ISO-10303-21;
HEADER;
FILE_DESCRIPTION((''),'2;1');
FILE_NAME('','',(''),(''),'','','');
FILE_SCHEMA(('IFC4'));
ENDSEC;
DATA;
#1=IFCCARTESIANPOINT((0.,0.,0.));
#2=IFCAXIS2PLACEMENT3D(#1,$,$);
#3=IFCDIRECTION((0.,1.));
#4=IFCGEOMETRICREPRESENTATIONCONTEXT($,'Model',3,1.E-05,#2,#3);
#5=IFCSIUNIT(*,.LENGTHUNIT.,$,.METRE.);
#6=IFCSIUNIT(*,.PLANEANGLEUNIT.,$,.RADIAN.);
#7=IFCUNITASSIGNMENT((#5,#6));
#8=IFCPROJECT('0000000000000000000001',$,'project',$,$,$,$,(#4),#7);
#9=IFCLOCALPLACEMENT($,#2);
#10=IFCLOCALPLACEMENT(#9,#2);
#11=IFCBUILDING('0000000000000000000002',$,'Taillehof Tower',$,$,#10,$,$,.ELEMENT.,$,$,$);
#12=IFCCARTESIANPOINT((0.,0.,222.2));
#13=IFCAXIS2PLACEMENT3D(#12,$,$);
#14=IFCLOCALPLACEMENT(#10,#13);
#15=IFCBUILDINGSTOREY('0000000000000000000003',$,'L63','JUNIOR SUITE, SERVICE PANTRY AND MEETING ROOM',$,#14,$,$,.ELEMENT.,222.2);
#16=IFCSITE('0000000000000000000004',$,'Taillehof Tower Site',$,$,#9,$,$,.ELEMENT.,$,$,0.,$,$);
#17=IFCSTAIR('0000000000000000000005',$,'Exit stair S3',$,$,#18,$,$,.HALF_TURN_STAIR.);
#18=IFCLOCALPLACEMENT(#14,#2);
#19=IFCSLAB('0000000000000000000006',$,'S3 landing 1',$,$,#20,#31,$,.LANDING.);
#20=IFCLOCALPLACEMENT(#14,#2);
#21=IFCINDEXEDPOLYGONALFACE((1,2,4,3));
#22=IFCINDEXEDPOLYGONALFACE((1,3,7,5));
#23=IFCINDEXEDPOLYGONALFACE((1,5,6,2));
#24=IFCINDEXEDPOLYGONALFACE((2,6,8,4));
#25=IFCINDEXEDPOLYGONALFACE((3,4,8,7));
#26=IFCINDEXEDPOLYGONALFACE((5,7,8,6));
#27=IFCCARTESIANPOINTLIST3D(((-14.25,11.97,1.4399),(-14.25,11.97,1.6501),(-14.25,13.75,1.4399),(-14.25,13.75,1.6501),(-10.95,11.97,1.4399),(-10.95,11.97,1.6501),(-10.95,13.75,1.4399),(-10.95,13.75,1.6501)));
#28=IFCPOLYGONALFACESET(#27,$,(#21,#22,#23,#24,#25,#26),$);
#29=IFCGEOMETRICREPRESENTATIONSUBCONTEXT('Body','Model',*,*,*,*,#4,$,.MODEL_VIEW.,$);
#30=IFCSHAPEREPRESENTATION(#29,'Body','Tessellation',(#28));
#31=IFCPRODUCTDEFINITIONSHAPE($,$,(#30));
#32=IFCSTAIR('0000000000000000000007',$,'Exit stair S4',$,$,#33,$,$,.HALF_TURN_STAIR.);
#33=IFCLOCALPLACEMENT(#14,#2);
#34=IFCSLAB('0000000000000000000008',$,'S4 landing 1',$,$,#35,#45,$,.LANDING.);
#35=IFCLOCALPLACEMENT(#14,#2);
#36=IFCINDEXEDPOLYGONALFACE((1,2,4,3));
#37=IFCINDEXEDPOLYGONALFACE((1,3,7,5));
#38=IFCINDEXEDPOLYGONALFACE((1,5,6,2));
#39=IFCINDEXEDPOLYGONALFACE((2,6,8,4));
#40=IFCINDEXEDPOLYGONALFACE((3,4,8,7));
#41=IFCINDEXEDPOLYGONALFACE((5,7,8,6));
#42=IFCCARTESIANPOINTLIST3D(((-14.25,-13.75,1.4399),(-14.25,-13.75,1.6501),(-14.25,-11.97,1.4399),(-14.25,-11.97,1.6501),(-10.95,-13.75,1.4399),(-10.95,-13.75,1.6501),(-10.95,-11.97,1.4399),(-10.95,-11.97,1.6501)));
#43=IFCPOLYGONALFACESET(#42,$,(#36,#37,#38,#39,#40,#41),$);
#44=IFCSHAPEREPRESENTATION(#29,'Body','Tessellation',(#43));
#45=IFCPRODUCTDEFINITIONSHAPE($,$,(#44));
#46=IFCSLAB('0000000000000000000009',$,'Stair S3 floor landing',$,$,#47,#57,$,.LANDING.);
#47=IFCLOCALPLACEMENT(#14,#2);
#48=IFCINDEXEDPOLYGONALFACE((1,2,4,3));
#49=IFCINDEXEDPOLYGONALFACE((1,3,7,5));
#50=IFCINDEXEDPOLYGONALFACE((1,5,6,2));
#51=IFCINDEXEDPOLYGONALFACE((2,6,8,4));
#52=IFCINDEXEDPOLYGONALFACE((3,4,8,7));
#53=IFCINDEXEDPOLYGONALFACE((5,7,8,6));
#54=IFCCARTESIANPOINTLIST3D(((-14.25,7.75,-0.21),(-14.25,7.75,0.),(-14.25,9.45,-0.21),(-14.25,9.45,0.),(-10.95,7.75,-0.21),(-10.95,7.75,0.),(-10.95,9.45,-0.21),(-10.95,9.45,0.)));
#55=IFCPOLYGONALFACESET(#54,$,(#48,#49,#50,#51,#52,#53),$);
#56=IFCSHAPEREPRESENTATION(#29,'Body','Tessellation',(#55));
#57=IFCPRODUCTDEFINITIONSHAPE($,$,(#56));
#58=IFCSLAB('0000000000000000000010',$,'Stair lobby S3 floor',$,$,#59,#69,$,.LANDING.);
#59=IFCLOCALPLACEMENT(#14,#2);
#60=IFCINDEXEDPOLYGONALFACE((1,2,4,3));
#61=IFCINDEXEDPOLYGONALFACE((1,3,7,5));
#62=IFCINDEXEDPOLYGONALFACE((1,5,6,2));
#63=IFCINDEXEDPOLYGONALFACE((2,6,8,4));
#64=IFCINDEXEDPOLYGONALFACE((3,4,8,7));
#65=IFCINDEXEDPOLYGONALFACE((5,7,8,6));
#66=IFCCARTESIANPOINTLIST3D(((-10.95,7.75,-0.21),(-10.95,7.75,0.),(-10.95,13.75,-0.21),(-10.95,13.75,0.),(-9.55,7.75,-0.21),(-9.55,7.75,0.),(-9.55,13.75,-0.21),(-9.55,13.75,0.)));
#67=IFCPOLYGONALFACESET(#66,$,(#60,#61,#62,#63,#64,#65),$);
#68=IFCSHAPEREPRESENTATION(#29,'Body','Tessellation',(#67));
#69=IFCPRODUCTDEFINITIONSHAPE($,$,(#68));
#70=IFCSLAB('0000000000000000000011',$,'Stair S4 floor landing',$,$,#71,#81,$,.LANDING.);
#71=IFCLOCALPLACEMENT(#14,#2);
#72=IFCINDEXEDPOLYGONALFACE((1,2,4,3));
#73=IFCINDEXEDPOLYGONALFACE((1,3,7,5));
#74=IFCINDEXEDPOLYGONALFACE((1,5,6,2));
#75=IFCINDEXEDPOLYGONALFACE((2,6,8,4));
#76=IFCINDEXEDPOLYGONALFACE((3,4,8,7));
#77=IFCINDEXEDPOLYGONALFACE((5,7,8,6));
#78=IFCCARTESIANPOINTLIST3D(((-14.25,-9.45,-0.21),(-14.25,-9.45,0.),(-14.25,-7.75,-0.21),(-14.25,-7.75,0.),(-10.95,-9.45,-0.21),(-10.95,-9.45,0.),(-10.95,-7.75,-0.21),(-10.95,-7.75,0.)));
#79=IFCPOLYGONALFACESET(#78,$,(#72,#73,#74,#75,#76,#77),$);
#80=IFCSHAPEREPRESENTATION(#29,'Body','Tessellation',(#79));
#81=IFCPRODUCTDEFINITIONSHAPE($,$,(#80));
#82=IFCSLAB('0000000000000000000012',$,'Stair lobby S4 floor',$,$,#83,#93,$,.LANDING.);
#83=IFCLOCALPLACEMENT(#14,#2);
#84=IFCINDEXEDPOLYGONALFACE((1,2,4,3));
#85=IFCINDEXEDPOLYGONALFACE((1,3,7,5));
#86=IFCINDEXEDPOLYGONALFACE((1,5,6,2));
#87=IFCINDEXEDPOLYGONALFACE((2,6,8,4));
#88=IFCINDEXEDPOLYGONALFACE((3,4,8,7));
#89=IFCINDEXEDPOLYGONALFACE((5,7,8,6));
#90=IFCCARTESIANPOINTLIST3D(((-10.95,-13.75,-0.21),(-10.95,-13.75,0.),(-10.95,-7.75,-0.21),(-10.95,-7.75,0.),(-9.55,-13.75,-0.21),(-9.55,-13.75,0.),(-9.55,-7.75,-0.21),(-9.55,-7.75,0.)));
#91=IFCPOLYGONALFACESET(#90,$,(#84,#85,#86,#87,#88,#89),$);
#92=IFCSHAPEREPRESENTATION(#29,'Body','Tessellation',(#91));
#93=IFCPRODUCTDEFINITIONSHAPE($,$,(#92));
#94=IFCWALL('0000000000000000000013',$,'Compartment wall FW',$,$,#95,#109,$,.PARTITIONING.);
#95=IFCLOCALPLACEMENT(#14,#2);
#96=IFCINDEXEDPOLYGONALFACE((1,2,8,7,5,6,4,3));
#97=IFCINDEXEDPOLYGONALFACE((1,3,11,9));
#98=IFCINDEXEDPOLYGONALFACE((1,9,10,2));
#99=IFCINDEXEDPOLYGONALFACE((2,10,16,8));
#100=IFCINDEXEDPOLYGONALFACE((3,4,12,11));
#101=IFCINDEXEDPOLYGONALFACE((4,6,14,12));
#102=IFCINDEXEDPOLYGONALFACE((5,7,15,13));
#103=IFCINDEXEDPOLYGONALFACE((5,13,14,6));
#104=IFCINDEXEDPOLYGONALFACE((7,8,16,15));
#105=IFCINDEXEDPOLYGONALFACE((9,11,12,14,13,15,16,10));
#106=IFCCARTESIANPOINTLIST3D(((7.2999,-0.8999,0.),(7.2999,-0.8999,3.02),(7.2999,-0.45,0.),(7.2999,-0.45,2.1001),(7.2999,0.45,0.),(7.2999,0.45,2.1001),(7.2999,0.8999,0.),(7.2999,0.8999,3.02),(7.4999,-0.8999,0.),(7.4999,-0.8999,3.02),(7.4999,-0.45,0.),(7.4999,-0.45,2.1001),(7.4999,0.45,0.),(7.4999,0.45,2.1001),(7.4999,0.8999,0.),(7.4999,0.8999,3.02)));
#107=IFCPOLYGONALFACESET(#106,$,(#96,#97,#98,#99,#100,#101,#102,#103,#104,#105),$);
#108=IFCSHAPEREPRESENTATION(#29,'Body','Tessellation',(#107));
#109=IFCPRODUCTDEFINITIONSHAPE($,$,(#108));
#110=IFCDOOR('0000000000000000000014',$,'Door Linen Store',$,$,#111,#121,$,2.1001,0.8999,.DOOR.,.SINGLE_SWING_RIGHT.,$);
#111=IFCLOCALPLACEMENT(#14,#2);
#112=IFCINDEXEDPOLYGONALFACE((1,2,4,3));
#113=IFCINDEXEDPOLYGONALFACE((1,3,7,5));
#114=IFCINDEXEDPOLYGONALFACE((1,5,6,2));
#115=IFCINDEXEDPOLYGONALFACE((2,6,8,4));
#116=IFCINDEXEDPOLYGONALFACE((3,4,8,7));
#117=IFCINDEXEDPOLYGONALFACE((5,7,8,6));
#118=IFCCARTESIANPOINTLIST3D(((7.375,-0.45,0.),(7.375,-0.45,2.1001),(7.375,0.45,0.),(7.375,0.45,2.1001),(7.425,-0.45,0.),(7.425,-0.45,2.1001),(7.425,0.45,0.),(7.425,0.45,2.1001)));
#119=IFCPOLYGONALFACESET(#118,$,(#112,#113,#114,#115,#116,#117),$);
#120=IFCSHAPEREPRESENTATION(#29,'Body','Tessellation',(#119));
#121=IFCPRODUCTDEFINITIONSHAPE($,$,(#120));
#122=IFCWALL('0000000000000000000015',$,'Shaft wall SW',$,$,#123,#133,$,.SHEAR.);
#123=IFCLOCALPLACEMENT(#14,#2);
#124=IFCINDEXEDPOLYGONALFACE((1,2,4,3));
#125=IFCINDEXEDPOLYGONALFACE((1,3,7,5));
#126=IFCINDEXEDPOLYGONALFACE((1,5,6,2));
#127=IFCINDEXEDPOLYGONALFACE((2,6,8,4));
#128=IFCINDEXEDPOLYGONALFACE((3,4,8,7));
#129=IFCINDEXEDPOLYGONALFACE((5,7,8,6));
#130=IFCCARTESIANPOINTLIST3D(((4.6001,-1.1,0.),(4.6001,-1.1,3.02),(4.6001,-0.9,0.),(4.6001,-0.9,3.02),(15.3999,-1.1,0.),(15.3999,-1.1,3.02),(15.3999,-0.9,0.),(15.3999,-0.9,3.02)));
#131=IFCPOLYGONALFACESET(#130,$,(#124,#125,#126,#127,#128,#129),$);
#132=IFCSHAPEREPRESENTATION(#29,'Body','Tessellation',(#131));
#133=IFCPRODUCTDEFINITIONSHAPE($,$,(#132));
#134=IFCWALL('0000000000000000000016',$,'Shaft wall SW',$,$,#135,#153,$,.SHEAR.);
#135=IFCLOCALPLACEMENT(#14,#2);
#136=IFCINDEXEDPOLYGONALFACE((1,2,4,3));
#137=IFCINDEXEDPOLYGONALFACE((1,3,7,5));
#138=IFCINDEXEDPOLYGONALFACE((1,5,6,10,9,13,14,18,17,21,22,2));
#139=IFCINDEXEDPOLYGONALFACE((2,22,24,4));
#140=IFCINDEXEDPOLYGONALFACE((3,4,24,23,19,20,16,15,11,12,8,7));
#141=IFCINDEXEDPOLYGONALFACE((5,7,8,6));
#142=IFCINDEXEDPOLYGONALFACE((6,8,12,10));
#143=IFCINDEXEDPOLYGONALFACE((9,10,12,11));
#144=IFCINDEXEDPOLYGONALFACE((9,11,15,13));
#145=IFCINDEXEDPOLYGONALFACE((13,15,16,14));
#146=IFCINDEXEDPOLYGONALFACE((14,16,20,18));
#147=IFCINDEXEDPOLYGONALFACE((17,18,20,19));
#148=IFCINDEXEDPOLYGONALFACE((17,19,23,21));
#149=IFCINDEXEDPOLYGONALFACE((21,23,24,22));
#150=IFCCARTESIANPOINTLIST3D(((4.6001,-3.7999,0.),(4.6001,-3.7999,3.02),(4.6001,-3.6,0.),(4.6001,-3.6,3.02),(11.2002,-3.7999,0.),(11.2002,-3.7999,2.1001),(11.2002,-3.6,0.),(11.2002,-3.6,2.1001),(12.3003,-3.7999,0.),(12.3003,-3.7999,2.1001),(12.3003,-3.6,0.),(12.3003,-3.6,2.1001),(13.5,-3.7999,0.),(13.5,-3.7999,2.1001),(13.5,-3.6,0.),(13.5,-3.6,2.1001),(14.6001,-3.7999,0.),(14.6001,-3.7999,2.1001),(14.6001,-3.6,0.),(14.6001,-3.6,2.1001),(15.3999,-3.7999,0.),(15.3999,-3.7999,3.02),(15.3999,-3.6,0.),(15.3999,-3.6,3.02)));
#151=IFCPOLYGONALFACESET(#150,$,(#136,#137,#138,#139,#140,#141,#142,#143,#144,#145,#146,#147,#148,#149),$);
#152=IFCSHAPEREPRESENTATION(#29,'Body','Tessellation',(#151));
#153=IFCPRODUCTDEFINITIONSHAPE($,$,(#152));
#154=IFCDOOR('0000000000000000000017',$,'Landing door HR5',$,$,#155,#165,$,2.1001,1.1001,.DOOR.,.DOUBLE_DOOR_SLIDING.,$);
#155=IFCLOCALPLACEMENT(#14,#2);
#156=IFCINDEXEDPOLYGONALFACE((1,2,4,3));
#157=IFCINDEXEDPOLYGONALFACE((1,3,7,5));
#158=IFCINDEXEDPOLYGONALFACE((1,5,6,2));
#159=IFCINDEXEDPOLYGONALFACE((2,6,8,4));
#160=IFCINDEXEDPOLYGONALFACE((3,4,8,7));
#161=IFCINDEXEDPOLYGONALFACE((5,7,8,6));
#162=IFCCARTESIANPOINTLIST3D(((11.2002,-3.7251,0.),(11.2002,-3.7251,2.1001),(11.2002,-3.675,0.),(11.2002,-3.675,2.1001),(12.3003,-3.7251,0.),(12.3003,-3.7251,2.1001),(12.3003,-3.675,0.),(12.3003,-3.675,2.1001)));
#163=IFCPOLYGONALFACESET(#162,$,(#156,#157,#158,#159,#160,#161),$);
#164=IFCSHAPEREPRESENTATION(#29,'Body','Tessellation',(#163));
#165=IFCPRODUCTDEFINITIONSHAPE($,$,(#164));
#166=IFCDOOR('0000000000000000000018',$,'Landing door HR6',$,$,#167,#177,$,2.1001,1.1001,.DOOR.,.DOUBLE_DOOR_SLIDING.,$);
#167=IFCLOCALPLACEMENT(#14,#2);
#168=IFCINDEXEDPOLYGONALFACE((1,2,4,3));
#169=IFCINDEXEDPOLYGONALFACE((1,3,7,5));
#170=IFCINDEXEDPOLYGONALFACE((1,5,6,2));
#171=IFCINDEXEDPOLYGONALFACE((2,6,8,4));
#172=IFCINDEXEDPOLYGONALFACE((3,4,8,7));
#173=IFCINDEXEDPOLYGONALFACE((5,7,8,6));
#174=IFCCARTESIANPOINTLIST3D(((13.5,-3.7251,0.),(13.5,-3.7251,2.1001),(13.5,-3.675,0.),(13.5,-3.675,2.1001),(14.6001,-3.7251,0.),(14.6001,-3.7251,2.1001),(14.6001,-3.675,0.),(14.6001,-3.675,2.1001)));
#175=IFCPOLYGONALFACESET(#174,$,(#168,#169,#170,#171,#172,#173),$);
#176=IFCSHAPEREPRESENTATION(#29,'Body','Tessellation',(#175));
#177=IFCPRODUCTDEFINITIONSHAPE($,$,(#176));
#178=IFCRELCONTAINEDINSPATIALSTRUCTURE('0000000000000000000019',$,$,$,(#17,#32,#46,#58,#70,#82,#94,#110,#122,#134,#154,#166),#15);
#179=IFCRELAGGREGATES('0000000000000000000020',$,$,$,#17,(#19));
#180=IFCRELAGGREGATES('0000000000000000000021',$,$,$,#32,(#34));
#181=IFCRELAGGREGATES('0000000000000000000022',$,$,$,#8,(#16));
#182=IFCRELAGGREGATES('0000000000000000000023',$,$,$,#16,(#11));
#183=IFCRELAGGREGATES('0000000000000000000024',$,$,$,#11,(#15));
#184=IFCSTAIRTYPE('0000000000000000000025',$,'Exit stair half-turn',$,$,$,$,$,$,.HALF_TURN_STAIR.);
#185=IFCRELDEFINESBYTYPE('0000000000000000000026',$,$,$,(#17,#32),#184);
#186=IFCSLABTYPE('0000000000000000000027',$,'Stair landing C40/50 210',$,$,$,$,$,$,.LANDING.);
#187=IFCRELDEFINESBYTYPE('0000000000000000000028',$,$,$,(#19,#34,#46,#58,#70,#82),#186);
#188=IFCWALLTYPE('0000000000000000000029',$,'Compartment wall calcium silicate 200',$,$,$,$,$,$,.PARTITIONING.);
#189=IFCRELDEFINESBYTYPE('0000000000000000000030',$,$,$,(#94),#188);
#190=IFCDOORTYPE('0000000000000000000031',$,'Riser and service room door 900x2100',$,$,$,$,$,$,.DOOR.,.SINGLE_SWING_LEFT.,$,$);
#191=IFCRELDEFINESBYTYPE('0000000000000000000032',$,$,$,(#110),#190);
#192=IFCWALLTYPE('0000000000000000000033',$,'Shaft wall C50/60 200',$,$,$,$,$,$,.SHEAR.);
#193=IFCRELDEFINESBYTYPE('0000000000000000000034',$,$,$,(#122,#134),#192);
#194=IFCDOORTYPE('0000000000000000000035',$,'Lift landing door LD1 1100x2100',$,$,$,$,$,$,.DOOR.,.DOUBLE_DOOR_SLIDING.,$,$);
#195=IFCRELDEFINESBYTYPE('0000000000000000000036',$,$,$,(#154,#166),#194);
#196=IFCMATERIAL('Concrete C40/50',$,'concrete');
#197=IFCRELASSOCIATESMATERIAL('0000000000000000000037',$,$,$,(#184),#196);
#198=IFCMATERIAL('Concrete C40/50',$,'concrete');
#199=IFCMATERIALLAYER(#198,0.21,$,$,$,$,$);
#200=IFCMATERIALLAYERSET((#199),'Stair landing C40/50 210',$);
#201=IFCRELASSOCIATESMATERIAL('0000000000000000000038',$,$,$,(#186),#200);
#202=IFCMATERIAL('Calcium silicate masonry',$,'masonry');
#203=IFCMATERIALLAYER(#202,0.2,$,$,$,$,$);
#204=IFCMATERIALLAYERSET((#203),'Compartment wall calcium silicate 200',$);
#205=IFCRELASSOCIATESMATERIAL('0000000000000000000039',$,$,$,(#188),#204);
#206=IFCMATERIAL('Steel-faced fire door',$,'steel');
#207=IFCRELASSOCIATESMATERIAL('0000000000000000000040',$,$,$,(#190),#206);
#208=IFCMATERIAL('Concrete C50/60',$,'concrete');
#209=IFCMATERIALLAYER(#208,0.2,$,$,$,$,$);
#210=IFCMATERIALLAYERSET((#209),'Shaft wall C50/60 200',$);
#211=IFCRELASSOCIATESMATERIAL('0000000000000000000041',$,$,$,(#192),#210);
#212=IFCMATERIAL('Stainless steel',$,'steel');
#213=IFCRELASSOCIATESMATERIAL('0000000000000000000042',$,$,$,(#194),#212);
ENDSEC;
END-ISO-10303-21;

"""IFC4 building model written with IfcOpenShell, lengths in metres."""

from ifc_helpers import new_model, si_unit, direction, frame, frame_2d, origin, place, context, subcontext, project, spatial, polyline, rectangle, outline, extrude, material, layer, layer_set, type_object, element, fill, aggregate, save


model = new_model("IFC4")

# Units and contexts
model_context = context("Model", 3, precision=1e-05, world=origin(), true_north=direction((0.0, 1.0)))
body_context = subcontext(model_context, "Body", "Model", "MODEL_VIEW")
ifc_project = project(units=[si_unit("LENGTHUNIT", "METRE"), si_unit("PLANEANGLEUNIT", "RADIAN")], contexts=[model_context])

# Site, building, storey
site_placement = place(None, origin())
site = spatial("IfcSite", under=ifc_project, at=site_placement, Name="Taillehof Tower Site", CompositionType="ELEMENT", RefElevation=0.0)
building_placement = place(site_placement, origin())
building = spatial("IfcBuilding", under=site, at=building_placement, Name="Taillehof Tower", CompositionType="ELEMENT")
storey_placement = place(building_placement, frame((0.0, 0.0, 222.2)))
storey = spatial("IfcBuildingStorey", under=building, at=storey_placement, Name="L63", Description="JUNIOR SUITE, SERVICE PANTRY AND MEETING ROOM", CompositionType="ELEMENT", Elevation=222.2)

# Stairs, slabs
ifc_material_1 = material(Name="Concrete C40/50", Category="concrete")
stair_type = type_object("IfcStairType", Name="Exit stair half-turn", PredefinedType="HALF_TURN_STAIR", material=ifc_material_1)
ifc_material_2 = material(Name="Concrete C40/50", Category="concrete")
ifc_layer_1 = layer(ifc_material_2, 0.21)
ifc_layer_set_1 = layer_set([ifc_layer_1], Name="Stair landing C40/50 210")
slab_type_1 = type_object("IfcSlabType", Name="Stair landing C40/50 210", PredefinedType="LANDING", material=ifc_layer_set_1)
stair_1_placement = place(storey_placement, origin())
stair_1 = element("IfcStair", 1, at=stair_1_placement, inside=storey, type_object=stair_type, Name="Exit stair S3", PredefinedType="HALF_TURN_STAIR")
slab_1_placement = place(storey_placement, frame((0.0, 0.0, 1.4399)))
slab_1 = element("IfcSlab", 2, at=slab_1_placement, type_object=slab_type_1, Name="S3 landing 1", PredefinedType="LANDING", context=body_context, shape_type="SweptSolid", body=[
    extrude(outline(polyline([(-14.25, 11.97), (-14.25, 13.75), (-10.95, 13.75), (-10.95, 11.97), (-14.25, 11.97)])), origin(), (0.0, 0.0, 1.0), 0.2102),
])
aggregate(stair_1, [slab_1])
stair_2_placement = place(storey_placement, origin())
stair_2 = element("IfcStair", 3, at=stair_2_placement, inside=storey, type_object=stair_type, Name="Exit stair S4", PredefinedType="HALF_TURN_STAIR")
slab_2_placement = place(storey_placement, frame((0.0, 0.0, 1.4399)))
slab_2 = element("IfcSlab", 4, at=slab_2_placement, type_object=slab_type_1, Name="S4 landing 1", PredefinedType="LANDING", context=body_context, shape_type="SweptSolid", body=[
    extrude(outline(polyline([(-14.25, -11.97), (-14.25, -13.75), (-10.95, -13.75), (-10.95, -11.97), (-14.25, -11.97)])), origin(), (0.0, 0.0, 1.0), 0.2102),
])
aggregate(stair_2, [slab_2])

# Slabs
slab_3_placement = place(storey_placement, frame((0.0, 0.0, -0.21)))
element("IfcSlab", 5, at=slab_3_placement, inside=storey, type_object=slab_type_1, Name="Stair S3 floor landing", PredefinedType="LANDING", context=body_context, shape_type="SweptSolid", body=[
    extrude(outline(polyline([(-14.25, 7.75), (-14.25, 9.45), (-10.95, 9.45), (-10.95, 7.75), (-14.25, 7.75)])), origin(), (0.0, 0.0, 1.0), 0.21),
])
slab_4_placement = place(storey_placement, frame((0.0, 0.0, -0.21)))
element("IfcSlab", 6, at=slab_4_placement, inside=storey, type_object=slab_type_1, Name="Stair lobby S3 floor", PredefinedType="LANDING", context=body_context, shape_type="SweptSolid", body=[
    extrude(outline(polyline([(-10.95, 7.75), (-9.55, 7.75), (-9.55, 13.75), (-10.95, 13.75), (-10.95, 7.75)])), origin(), (0.0, 0.0, 1.0), 0.21),
])
slab_5_placement = place(storey_placement, frame((0.0, 0.0, -0.21)))
element("IfcSlab", 7, at=slab_5_placement, inside=storey, type_object=slab_type_1, Name="Stair S4 floor landing", PredefinedType="LANDING", context=body_context, shape_type="SweptSolid", body=[
    extrude(outline(polyline([(-14.25, -7.75), (-14.25, -9.45), (-10.95, -9.45), (-10.95, -7.75), (-14.25, -7.75)])), origin(), (0.0, 0.0, 1.0), 0.21),
])
slab_6_placement = place(storey_placement, frame((0.0, 0.0, -0.21)))
element("IfcSlab", 8, at=slab_6_placement, inside=storey, type_object=slab_type_1, Name="Stair lobby S4 floor", PredefinedType="LANDING", context=body_context, shape_type="SweptSolid", body=[
    extrude(outline(polyline([(-10.95, -13.75), (-9.55, -13.75), (-9.55, -7.75), (-10.95, -7.75), (-10.95, -13.75)])), origin(), (0.0, 0.0, 1.0), 0.21),
])

# Wall, opening, door
ifc_material_3 = material(Name="Calcium silicate masonry", Category="masonry")
ifc_layer_2 = layer(ifc_material_3, 0.2)
ifc_layer_set_2 = layer_set([ifc_layer_2], Name="Compartment wall calcium silicate 200")
wall_type_1 = type_object("IfcWallType", Name="Compartment wall calcium silicate 200", PredefinedType="PARTITIONING", material=ifc_layer_set_2)
wall_1_placement = place(storey_placement, frame((7.3999, -0.8999, 0.0), z_axis=(0.0, 0.0, 1.0), x_axis=(0.0, 1.0, 0.0)))
wall_1 = element("IfcWall", 9, at=wall_1_placement, inside=storey, type_object=wall_type_1, Name="Compartment wall FW", PredefinedType="PARTITIONING", context=body_context, shape_type="SweptSolid", body=[
    extrude(rectangle(XDim=1.7998, YDim=0.2, at=frame_2d((0.8999, 0.0))), origin(), (0.0, 0.0, 1.0), 3.02),
])
opening_1_placement = place(wall_1_placement, frame((0.45, 0.0, 0.0)))
opening_1 = element("IfcOpeningElement", 10, at=opening_1_placement, cuts=wall_1, PredefinedType="OPENING", context=body_context, shape_type="SweptSolid", body=[
    extrude(rectangle(XDim=0.8999, YDim=2.1001, at=frame_2d((0.45, 1.05))), frame((0.0, 0.1099, 0.0), z_axis=(0.0, -1.0, 0.0), x_axis=(1.0, 0.0, 0.0)), (0.0, 0.0, 1.0), 0.22),
])
ifc_material_4 = material(Name="Steel-faced fire door", Category="steel")
door_type_1 = type_object("IfcDoorType", Name="Riser and service room door 900x2100", OperationType="SINGLE_SWING_LEFT", PredefinedType="DOOR", material=ifc_material_4)
door_1_placement = place(opening_1_placement, origin())
door_1 = element("IfcDoor", 11, at=door_1_placement, inside=storey, type_object=door_type_1, Name="Door Linen Store", OperationType="SINGLE_SWING_RIGHT", OverallHeight=2.1001, OverallWidth=0.8999, PredefinedType="DOOR", context=body_context, shape_type="SweptSolid", body=[
    extrude(rectangle(XDim=0.8999, YDim=2.1001, at=frame_2d((0.45, 1.05))), frame((0.0, 0.0249, 0.0), z_axis=(0.0, -1.0, 0.0), x_axis=(1.0, 0.0, 0.0)), (0.0, 0.0, 1.0), 0.05),
])
fill(opening_1, door_1)

# Wall
ifc_material_5 = material(Name="Concrete C50/60", Category="concrete")
ifc_layer_3 = layer(ifc_material_5, 0.2)
ifc_layer_set_3 = layer_set([ifc_layer_3], Name="Shaft wall C50/60 200")
wall_type_2 = type_object("IfcWallType", Name="Shaft wall C50/60 200", PredefinedType="SHEAR", material=ifc_layer_set_3)
wall_2_placement = place(storey_placement, frame((4.6001, -1.0, 0.0), z_axis=(0.0, 0.0, 1.0), x_axis=(1.0, 0.0, 0.0)))
element("IfcWall", 12, at=wall_2_placement, inside=storey, type_object=wall_type_2, Name="Shaft wall SW", PredefinedType="SHEAR", context=body_context, shape_type="SweptSolid", body=[
    extrude(rectangle(XDim=10.7998, YDim=0.2, at=frame_2d((5.3999, 0.0))), origin(), (0.0, 0.0, 1.0), 3.02),
])

# Wall, openings, doors
wall_3_placement = place(storey_placement, frame((4.6001, -3.7, 0.0), z_axis=(0.0, 0.0, 1.0), x_axis=(1.0, 0.0, 0.0)))
wall_3 = element("IfcWall", 13, at=wall_3_placement, inside=storey, type_object=wall_type_2, Name="Shaft wall SW", PredefinedType="SHEAR", context=body_context, shape_type="SweptSolid", body=[
    extrude(rectangle(XDim=10.7998, YDim=0.2, at=frame_2d((5.3999, 0.0))), origin(), (0.0, 0.0, 1.0), 3.02),
])
opening_2_placement = place(wall_3_placement, frame((6.6001, 0.0, 0.0)))
opening_2 = element("IfcOpeningElement", 14, at=opening_2_placement, cuts=wall_3, PredefinedType="OPENING", context=body_context, shape_type="SweptSolid", body=[
    extrude(rectangle(XDim=1.1001, YDim=2.1001, at=frame_2d((0.55, 1.05))), frame((0.0, 0.1099, 0.0), z_axis=(0.0, -1.0, 0.0), x_axis=(1.0, 0.0, 0.0)), (0.0, 0.0, 1.0), 0.22),
])
opening_3_placement = place(wall_3_placement, frame((8.8999, 0.0, 0.0)))
opening_3 = element("IfcOpeningElement", 15, at=opening_3_placement, cuts=wall_3, PredefinedType="OPENING", context=body_context, shape_type="SweptSolid", body=[
    extrude(rectangle(XDim=1.1001, YDim=2.1001, at=frame_2d((0.55, 1.05))), frame((0.0, 0.1099, 0.0), z_axis=(0.0, -1.0, 0.0), x_axis=(1.0, 0.0, 0.0)), (0.0, 0.0, 1.0), 0.22),
])
ifc_material_6 = material(Name="Stainless steel", Category="steel")
door_type_2 = type_object("IfcDoorType", Name="Lift landing door LD1 1100x2100", OperationType="DOUBLE_DOOR_SLIDING", PredefinedType="DOOR", material=ifc_material_6)
door_2_placement = place(opening_2_placement, origin())
door_2 = element("IfcDoor", 16, at=door_2_placement, inside=storey, type_object=door_type_2, Name="Landing door HR5", OperationType="DOUBLE_DOOR_SLIDING", OverallHeight=2.1001, OverallWidth=1.1001, PredefinedType="DOOR", context=body_context, shape_type="SweptSolid", body=[
    extrude(rectangle(XDim=1.1001, YDim=2.1001, at=frame_2d((0.55, 1.05))), frame((0.0, 0.0249, 0.0), z_axis=(0.0, -1.0, 0.0), x_axis=(1.0, 0.0, 0.0)), (0.0, 0.0, 1.0), 0.05),
])
fill(opening_2, door_2)
door_3_placement = place(opening_3_placement, origin())
door_3 = element("IfcDoor", 17, at=door_3_placement, inside=storey, type_object=door_type_2, Name="Landing door HR6", OperationType="DOUBLE_DOOR_SLIDING", OverallHeight=2.1001, OverallWidth=1.1001, PredefinedType="DOOR", context=body_context, shape_type="SweptSolid", body=[
    extrude(rectangle(XDim=1.1001, YDim=2.1001, at=frame_2d((0.55, 1.05))), frame((0.0, 0.0249, 0.0), z_axis=(0.0, -1.0, 0.0), x_axis=(1.0, 0.0, 0.0)), (0.0, 0.0, 1.0), 0.05),
])
fill(opening_3, door_3)

save(model, "model.ifc")
